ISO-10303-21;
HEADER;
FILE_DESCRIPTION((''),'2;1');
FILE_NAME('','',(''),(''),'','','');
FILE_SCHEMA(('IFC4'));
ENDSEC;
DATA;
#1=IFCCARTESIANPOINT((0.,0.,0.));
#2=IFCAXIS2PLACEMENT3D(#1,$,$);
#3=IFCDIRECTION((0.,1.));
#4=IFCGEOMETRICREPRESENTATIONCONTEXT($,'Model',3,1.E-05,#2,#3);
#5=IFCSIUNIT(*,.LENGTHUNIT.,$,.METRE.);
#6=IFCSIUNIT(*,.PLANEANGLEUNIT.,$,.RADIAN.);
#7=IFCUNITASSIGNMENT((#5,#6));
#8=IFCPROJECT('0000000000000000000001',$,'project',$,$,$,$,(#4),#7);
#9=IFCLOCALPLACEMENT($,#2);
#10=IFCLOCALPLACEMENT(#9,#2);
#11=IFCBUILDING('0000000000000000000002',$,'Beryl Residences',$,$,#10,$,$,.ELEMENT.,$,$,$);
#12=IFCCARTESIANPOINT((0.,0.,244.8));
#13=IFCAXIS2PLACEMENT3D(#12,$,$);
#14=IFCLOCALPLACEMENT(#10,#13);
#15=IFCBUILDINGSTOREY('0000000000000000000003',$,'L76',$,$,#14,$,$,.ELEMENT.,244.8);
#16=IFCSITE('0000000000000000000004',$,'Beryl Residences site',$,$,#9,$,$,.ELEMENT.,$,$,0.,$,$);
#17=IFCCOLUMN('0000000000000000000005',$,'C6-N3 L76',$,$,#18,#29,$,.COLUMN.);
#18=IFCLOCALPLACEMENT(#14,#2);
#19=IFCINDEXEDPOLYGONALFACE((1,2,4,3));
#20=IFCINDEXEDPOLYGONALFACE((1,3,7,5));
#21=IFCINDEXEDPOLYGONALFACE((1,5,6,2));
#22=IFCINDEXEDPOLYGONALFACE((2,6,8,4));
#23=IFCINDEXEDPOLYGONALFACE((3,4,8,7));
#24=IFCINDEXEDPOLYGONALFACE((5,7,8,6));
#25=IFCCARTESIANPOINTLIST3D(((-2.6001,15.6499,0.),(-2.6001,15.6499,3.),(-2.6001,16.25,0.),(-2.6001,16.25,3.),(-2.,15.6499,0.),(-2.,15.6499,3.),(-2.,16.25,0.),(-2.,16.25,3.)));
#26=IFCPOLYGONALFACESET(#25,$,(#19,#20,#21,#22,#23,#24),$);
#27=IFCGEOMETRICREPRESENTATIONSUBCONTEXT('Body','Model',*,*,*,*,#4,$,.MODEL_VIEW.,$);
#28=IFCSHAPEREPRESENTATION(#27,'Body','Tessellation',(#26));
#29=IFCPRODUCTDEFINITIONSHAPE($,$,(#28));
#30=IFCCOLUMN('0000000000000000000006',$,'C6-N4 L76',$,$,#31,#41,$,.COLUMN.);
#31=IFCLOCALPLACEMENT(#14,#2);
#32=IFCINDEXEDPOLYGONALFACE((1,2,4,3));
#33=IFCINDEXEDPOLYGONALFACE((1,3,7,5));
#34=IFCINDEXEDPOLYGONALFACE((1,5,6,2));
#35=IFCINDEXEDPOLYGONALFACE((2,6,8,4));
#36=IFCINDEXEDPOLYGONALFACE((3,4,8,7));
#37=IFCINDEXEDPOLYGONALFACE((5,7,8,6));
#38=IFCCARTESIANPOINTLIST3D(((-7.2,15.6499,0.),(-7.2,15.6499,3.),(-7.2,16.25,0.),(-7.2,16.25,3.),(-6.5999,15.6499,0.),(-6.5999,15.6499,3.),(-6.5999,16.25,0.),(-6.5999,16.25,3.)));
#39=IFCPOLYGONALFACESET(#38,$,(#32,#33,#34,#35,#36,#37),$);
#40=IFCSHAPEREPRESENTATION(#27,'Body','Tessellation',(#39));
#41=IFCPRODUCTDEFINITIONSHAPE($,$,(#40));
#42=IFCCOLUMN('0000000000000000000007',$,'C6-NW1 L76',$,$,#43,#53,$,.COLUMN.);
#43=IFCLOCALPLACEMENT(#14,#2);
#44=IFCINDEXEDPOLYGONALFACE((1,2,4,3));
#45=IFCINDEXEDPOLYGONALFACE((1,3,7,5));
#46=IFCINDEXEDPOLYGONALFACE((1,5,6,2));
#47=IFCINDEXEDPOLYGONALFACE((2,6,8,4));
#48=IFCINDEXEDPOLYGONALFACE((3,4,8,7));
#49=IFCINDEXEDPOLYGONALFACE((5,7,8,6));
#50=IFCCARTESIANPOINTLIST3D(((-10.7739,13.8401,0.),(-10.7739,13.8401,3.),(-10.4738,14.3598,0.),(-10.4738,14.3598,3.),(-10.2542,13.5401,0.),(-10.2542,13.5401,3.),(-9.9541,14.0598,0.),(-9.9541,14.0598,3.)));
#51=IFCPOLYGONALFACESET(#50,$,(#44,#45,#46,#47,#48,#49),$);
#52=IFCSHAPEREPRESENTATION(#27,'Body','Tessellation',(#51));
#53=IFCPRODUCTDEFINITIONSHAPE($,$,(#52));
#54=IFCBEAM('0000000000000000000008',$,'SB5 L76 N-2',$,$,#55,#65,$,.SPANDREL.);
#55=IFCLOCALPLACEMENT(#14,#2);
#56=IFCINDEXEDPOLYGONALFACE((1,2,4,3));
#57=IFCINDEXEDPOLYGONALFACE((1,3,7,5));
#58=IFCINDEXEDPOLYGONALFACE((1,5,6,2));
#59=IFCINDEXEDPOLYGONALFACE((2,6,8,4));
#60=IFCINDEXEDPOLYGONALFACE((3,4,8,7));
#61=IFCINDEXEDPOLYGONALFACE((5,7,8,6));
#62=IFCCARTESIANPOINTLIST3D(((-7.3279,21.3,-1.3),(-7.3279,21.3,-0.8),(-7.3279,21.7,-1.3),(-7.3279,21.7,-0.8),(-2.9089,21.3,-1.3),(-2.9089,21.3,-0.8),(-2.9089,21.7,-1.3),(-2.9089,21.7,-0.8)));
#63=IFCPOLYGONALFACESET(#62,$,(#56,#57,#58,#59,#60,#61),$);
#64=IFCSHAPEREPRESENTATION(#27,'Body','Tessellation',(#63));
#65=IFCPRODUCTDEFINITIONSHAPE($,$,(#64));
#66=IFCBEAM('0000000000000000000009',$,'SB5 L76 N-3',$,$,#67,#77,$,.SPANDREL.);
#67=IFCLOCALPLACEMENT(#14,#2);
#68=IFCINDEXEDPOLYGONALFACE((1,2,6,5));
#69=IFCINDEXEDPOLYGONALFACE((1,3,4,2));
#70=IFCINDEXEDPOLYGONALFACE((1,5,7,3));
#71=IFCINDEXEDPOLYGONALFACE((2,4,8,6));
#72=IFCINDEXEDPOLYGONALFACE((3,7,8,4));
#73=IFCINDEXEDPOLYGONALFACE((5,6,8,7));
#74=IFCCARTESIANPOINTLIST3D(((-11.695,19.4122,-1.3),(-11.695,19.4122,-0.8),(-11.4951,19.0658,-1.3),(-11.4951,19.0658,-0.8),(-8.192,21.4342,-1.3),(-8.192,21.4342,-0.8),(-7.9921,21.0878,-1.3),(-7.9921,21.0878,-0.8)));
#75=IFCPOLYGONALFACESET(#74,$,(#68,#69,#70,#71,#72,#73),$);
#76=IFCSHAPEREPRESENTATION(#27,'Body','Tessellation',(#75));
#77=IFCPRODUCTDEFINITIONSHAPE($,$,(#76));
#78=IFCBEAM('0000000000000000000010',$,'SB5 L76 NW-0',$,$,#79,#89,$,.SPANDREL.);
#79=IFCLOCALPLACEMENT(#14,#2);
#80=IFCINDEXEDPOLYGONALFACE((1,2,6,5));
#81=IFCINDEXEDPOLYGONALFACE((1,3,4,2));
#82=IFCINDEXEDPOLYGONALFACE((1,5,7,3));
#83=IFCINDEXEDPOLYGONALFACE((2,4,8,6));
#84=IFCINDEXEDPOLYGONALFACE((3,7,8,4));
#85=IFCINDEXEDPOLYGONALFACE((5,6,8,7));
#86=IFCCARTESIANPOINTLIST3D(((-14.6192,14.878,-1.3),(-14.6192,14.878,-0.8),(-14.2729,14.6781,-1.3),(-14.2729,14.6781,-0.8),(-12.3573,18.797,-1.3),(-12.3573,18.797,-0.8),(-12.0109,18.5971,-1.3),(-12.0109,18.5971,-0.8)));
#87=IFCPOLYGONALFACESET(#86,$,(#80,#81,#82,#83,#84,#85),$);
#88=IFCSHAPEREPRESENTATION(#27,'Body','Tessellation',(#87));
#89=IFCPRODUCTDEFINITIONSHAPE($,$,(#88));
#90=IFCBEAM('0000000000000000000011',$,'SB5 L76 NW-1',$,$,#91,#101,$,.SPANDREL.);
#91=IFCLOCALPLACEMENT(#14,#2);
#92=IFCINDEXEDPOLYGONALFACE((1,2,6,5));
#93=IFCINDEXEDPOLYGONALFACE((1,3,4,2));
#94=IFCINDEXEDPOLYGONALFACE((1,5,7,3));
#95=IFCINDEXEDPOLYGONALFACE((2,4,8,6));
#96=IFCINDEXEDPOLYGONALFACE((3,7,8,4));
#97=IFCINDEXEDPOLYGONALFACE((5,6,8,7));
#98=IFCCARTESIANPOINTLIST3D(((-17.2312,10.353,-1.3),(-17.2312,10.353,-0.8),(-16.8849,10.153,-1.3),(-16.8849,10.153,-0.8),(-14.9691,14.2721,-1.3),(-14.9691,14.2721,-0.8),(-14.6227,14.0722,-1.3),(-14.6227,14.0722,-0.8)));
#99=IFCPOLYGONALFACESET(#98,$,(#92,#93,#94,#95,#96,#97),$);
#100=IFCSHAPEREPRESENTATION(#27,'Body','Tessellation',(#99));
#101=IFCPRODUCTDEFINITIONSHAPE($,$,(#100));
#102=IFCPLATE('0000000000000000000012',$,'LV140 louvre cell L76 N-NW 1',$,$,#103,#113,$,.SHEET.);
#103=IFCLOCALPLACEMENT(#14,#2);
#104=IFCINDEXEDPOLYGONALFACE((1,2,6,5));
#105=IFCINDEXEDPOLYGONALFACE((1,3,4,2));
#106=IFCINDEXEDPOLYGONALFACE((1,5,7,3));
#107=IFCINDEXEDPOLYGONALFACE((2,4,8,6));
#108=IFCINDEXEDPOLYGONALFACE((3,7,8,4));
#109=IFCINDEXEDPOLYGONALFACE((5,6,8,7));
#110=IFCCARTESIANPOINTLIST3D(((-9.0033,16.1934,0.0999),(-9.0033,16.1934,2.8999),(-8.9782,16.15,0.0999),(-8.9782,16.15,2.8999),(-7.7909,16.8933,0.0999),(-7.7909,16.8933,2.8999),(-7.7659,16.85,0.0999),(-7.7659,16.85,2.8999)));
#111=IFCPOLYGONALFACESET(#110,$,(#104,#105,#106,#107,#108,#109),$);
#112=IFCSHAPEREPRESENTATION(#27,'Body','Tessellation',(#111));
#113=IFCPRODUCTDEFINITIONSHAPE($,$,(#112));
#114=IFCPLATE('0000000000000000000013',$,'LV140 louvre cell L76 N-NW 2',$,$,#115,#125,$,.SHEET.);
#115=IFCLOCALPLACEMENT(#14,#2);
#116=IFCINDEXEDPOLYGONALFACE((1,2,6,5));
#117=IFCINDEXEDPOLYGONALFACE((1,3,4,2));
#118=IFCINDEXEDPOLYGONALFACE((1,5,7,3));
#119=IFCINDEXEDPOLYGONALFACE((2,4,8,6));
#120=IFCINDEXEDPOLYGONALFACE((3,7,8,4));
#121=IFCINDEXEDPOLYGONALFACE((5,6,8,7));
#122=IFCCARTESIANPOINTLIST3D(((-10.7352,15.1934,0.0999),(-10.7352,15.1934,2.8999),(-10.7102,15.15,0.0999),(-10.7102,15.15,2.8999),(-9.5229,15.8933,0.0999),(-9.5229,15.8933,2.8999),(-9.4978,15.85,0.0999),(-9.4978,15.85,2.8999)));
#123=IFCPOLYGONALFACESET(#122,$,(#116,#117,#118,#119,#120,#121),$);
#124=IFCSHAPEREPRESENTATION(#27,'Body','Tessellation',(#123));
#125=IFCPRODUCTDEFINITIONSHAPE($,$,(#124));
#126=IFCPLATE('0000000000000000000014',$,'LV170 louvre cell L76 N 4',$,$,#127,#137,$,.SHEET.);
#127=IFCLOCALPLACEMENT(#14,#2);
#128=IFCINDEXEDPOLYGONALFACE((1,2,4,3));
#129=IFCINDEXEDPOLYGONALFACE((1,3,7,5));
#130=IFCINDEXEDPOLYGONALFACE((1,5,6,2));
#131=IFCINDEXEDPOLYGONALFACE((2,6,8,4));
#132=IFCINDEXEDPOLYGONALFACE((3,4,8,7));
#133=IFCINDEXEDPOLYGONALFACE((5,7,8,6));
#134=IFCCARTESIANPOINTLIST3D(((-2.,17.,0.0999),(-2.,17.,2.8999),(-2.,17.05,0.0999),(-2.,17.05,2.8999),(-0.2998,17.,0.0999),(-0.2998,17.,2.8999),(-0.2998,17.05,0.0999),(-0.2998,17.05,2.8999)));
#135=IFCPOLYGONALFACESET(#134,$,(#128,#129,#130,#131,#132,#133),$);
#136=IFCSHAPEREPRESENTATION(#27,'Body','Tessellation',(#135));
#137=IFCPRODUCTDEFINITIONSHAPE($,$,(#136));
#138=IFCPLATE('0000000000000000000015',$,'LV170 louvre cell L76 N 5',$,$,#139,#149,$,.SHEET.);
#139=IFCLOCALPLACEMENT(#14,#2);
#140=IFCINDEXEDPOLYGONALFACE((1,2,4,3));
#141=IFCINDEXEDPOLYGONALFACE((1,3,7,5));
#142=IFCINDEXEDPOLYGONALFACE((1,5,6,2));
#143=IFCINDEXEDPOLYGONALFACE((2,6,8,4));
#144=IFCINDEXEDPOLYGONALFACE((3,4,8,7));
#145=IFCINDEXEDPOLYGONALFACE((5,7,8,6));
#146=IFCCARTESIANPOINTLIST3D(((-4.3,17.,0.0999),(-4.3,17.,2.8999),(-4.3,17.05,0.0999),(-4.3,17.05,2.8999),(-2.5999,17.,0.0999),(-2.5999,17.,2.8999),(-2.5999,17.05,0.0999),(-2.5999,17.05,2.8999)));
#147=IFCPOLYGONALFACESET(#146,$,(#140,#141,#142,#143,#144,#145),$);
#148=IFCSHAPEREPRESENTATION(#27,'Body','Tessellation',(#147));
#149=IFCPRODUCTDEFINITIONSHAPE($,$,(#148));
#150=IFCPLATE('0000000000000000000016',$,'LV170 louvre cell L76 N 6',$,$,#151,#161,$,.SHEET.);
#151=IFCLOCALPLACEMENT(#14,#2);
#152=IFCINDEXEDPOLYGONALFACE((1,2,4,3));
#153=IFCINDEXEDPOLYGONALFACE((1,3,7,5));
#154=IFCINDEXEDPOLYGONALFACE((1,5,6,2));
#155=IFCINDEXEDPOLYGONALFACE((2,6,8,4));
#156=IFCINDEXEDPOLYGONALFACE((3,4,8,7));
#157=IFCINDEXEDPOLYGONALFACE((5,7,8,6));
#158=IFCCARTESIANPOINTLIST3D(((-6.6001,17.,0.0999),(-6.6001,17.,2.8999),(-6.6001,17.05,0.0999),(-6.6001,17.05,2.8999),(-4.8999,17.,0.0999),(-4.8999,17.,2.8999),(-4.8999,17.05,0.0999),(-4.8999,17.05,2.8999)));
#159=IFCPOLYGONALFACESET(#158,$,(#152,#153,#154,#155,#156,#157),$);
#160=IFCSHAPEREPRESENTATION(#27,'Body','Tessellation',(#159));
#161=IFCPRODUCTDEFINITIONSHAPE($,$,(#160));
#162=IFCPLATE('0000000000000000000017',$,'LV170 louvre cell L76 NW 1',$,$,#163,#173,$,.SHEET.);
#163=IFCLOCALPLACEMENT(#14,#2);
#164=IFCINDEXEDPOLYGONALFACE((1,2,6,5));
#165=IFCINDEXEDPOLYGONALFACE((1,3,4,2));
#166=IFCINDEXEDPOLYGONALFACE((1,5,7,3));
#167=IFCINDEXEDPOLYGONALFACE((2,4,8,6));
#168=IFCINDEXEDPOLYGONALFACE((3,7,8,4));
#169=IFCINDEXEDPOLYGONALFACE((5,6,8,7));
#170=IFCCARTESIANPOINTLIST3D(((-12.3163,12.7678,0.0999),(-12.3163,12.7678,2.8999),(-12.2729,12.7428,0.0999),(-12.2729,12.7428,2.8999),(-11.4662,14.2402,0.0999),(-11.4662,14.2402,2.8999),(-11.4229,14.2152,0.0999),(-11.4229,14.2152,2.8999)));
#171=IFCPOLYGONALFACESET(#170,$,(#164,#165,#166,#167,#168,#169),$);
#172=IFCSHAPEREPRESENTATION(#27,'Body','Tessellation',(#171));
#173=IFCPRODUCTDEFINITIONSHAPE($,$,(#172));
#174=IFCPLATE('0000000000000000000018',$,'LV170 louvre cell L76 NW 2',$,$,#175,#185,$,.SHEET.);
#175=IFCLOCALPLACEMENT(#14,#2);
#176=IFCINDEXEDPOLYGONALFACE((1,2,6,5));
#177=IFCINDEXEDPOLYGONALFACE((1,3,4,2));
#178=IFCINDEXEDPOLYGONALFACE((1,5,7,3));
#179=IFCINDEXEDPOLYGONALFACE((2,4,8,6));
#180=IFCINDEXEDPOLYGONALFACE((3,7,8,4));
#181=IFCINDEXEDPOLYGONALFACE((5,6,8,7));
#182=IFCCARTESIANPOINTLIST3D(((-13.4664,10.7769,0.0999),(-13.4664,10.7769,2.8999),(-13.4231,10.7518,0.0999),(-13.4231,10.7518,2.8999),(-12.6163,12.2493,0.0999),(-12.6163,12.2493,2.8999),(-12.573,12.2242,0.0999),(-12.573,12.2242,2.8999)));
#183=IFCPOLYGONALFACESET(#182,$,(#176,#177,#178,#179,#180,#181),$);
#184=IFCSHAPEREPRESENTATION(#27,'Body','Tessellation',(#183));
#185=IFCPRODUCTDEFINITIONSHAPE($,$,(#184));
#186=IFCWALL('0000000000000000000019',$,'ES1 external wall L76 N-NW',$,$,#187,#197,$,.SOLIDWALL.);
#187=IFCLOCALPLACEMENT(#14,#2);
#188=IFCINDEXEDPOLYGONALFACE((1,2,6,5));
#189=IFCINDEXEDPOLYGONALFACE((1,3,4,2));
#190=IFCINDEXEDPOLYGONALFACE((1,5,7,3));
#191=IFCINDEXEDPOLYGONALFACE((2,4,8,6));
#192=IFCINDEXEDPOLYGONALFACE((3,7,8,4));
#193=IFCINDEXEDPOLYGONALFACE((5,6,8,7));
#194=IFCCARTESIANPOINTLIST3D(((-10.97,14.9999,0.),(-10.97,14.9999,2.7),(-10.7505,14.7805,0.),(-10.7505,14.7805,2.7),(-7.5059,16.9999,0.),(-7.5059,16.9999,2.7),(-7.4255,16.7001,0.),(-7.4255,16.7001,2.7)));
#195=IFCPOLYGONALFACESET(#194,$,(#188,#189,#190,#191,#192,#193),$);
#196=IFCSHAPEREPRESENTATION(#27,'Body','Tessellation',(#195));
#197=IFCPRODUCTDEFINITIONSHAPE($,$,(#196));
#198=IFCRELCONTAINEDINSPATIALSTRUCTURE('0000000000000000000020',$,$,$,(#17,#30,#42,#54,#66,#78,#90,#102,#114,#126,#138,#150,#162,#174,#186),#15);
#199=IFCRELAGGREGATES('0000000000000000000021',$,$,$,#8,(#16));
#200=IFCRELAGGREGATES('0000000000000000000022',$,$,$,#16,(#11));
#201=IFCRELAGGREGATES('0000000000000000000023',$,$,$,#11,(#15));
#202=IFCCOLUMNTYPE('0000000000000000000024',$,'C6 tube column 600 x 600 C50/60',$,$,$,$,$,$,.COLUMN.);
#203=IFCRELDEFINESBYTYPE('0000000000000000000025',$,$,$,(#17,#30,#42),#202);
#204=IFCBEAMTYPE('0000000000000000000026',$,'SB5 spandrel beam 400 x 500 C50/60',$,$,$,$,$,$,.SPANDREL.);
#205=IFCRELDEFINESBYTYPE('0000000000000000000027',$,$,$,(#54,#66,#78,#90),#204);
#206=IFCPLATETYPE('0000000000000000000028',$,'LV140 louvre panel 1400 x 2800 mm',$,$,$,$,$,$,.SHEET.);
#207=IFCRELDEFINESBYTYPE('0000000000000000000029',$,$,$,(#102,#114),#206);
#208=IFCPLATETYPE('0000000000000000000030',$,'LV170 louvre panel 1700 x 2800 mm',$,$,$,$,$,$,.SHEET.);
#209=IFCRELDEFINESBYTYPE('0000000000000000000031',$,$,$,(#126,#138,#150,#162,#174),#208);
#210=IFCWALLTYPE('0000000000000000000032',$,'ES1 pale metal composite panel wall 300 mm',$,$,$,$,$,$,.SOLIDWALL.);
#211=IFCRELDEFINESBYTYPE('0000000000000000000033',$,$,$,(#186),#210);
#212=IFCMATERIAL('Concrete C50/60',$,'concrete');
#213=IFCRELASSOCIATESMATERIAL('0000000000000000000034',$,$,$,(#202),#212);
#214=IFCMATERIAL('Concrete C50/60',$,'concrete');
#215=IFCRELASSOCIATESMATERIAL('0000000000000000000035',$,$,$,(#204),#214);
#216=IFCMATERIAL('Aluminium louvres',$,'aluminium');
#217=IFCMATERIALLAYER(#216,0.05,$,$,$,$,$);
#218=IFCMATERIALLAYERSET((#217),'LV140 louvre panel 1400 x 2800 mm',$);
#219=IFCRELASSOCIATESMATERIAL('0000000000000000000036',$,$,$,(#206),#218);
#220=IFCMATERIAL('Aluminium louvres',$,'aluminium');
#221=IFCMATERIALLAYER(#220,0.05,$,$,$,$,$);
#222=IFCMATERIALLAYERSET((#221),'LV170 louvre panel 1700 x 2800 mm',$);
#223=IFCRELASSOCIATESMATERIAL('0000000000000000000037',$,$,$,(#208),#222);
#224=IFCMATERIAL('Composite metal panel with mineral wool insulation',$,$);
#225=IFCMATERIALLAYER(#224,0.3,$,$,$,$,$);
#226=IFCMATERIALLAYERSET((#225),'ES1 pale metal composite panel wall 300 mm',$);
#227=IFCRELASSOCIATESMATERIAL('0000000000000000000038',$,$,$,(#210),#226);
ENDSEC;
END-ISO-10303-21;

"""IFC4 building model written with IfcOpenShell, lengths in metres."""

from ifc_helpers import new_model, si_unit, direction, frame, origin, origin_2d, place, context, subcontext, project, spatial, polyline, rectangle, outline, extrude, source, transform, mapped, material, layer, layer_set, material_profile, profile_set, type_object, type_shapes, element, save


model = new_model("IFC4")

# Units and contexts
model_context = context("Model", 3, precision=1e-05, world=origin(), true_north=direction((0.0, 1.0)))
body_context = subcontext(model_context, "Body", "Model", "MODEL_VIEW")
ifc_project = project(units=[si_unit("LENGTHUNIT", "METRE"), si_unit("PLANEANGLEUNIT", "RADIAN")], contexts=[model_context])

# Site, building, storey
site_placement = place(None, origin())
site = spatial("IfcSite", under=ifc_project, at=site_placement, Name="Beryl Residences site", CompositionType="ELEMENT", RefElevation=0.0)
building_placement = place(site_placement, origin())
building = spatial("IfcBuilding", under=site, at=building_placement, Name="Beryl Residences", CompositionType="ELEMENT")
storey_placement = place(building_placement, frame((0.0, 0.0, 244.8)))
storey = spatial("IfcBuildingStorey", under=building, at=storey_placement, Name="L76", CompositionType="ELEMENT", Elevation=244.8)

# Columns
ifc_material_1 = material(Name="Concrete C50/60", Category="concrete")
ifc_material_profile_1 = material_profile(ifc_material_1, rectangle(XDim=0.6001, YDim=0.6001, at=origin_2d()))
ifc_profile_set_1 = profile_set([ifc_material_profile_1], Name="Concrete C50/60")
column_type = type_object("IfcColumnType", Name="C6 tube column 600 x 600 C50/60", PredefinedType="COLUMN", material=ifc_profile_set_1)
for number, where, z_axis, x_axis, name in (
    (1, (-2.3, 15.95, 0.0), (0.0, 0.0, 1.0), (-1.0, 0.0, 0.0), "C6-N3 L76"),
    (2, (-6.8999, 15.95, 0.0), (0.0, 0.0, 1.0), (-1.0, 0.0, 0.0), "C6-N4 L76"),
    (3, (-10.364, 13.95, 0.0), (0.0, 0.0, 1.0), (-0.5, -0.866025, 0.0), "C6-NW1 L76"),
):
    element("IfcColumn", number, at=place(storey_placement, frame(where, z_axis=z_axis, x_axis=x_axis)), inside=storey, type_object=column_type, Name=name, PredefinedType="COLUMN", context=body_context, shape_type="SweptSolid", body=[
        extrude(rectangle(XDim=0.6001, YDim=0.6001, at=origin_2d()), origin(), (0.0, 0.0, 1.0), 3.0),
    ])

# Beams
ifc_material_2 = material(Name="Concrete C50/60", Category="concrete")
ifc_material_profile_2 = material_profile(ifc_material_2, rectangle(XDim=0.3999, YDim=0.5, at=origin_2d()))
ifc_profile_set_2 = profile_set([ifc_material_profile_2], Name="Concrete C50/60")
beam_type = type_object("IfcBeamType", Name="SB5 spandrel beam 400 x 500 C50/60", PredefinedType="SPANDREL", material=ifc_profile_set_2)
beam_1_placement = place(storey_placement, frame((-2.9089, 21.5, -1.05), z_axis=(-1.0, 0.0, 0.0), x_axis=(0.0, -1.0, 0.0)))
element("IfcBeam", 4, at=beam_1_placement, inside=storey, type_object=beam_type, Name="SB5 L76 N-2", PredefinedType="SPANDREL", context=body_context, shape_type="SweptSolid", body=[
    extrude(rectangle(XDim=0.3999, YDim=0.5, at=origin_2d()), origin(), (0.0, 0.0, 1.0), 4.4189),
])
beam_2_placement = place(storey_placement, frame((-8.092, 21.261, -1.05), z_axis=(-0.866073, -0.499918, 0.0), x_axis=(0.499918, -0.866073, 0.0)))
element("IfcBeam", 5, at=beam_2_placement, inside=storey, type_object=beam_type, Name="SB5 L76 N-3", PredefinedType="SPANDREL", context=body_context, shape_type="SweptSolid", body=[
    extrude(rectangle(XDim=0.3999, YDim=0.5, at=origin_2d()), origin(), (0.0, 0.0, 1.0), 4.0447),
])
beam_3_placement = place(storey_placement, frame((-12.1841, 18.697, -1.05), z_axis=(-0.499894, -0.866087, 0.0), x_axis=(0.866087, -0.499894, 0.0)))
element("IfcBeam", 6, at=beam_3_placement, inside=storey, type_object=beam_type, Name="SB5 L76 NW-0", PredefinedType="SPANDREL", context=body_context, shape_type="SweptSolid", body=[
    extrude(rectangle(XDim=0.3999, YDim=0.5, at=origin_2d()), origin(), (0.0, 0.0, 1.0), 4.5249),
])
beam_4_placement = place(storey_placement, frame((-14.7959, 14.1721, -1.05), z_axis=(-0.499911, -0.866077, 0.0), x_axis=(0.866077, -0.499911, 0.0)))
element("IfcBeam", 7, at=beam_4_placement, inside=storey, type_object=beam_type, Name="SB5 L76 NW-1", PredefinedType="SPANDREL", context=body_context, shape_type="SweptSolid", body=[
    extrude(rectangle(XDim=0.3999, YDim=0.5, at=origin_2d()), origin(), (0.0, 0.0, 1.0), 4.5251),
])

# Plates
ifc_material_3 = material(Name="Aluminium louvres", Category="aluminium")
ifc_layer_1 = layer(ifc_material_3, 0.05)
ifc_layer_set_1 = layer_set([ifc_layer_1], Name="LV140 louvre panel 1400 x 2800 mm")
plate_type_1 = type_object("IfcPlateType", Name="LV140 louvre panel 1400 x 2800 mm", PredefinedType="SHEET", material=ifc_layer_set_1)
shared_shape_1 = source(origin(), body_context, "Body", "SweptSolid", [
    extrude(outline(polyline([(-0.7, 0.0), (0.7, 0.0), (0.7, 0.05), (-0.7, 0.05), (-0.7, 0.0)])), origin(), (0.0, 0.0, 1.0), 2.8),
])
type_shapes(plate_type_1, [shared_shape_1])
for number, where, z_axis, x_axis, name in (
    (8, (-8.3721, 16.5, 0.0999), (0.0, 0.0, 1.0), (0.866025, 0.5, 0.0), "LV140 louvre cell L76 N-NW 1"),
    (9, (-10.104, 15.5, 0.0999), (0.0, 0.0, 1.0), (0.866025, 0.5, 0.0), "LV140 louvre cell L76 N-NW 2"),
):
    element("IfcPlate", number, at=place(storey_placement, frame(where, z_axis=z_axis, x_axis=x_axis)), inside=storey, type_object=plate_type_1, Name=name, PredefinedType="SHEET", context=body_context, shape_type="MappedRepresentation", body=[
        mapped(shared_shape_1, transform((0.0, 0.0, 0.0))),
    ])
ifc_material_4 = material(Name="Aluminium louvres", Category="aluminium")
ifc_layer_2 = layer(ifc_material_4, 0.05)
ifc_layer_set_2 = layer_set([ifc_layer_2], Name="LV170 louvre panel 1700 x 2800 mm")
plate_type_2 = type_object("IfcPlateType", Name="LV170 louvre panel 1700 x 2800 mm", PredefinedType="SHEET", material=ifc_layer_set_2)
shared_shape_2 = source(origin(), body_context, "Body", "SweptSolid", [
    extrude(outline(polyline([(-0.8501, 0.0), (0.8501, 0.0), (0.8501, 0.05), (-0.8501, 0.05), (-0.8501, 0.0)])), origin(), (0.0, 0.0, 1.0), 2.8),
])
type_shapes(plate_type_2, [shared_shape_2])
for number, where, z_axis, x_axis, name in (
    (10, (-1.1499, 17.0, 0.0999), (0.0, 0.0, 1.0), (1.0, 0.0, 0.0), "LV170 louvre cell L76 N 4"),
    (11, (-3.45, 17.0, 0.0999), (0.0, 0.0, 1.0), (1.0, 0.0, 0.0), "LV170 louvre cell L76 N 5"),
    (12, (-5.75, 17.0, 0.0999), (0.0, 0.0, 1.0), (1.0, 0.0, 0.0), "LV170 louvre cell L76 N 6"),
    (13, (-11.8479, 13.479, 0.0999), (0.0, 0.0, 1.0), (0.5, 0.866025, 0.0), "LV170 louvre cell L76 NW 1"),
    (14, (-12.998, 11.488, 0.0999), (0.0, 0.0, 1.0), (0.5, 0.866025, 0.0), "LV170 louvre cell L76 NW 2"),
):
    element("IfcPlate", number, at=place(storey_placement, frame(where, z_axis=z_axis, x_axis=x_axis)), inside=storey, type_object=plate_type_2, Name=name, PredefinedType="SHEET", context=body_context, shape_type="MappedRepresentation", body=[
        mapped(shared_shape_2, transform((0.0, 0.0, 0.0))),
    ])

# Wall
ifc_material_5 = material(Name="Composite metal panel with mineral wool insulation")
ifc_layer_3 = layer(ifc_material_5, 0.3)
ifc_layer_set_3 = layer_set([ifc_layer_3], Name="ES1 pale metal composite panel wall 300 mm")
wall_type_1 = type_object("IfcWallType", Name="ES1 pale metal composite panel wall 300 mm", PredefinedType="SOLIDWALL", material=ifc_layer_set_3)
wall_1_placement = place(storey_placement, frame((-7.4309, 16.8701, 0.0), z_axis=(0.0, 0.0, 1.0), x_axis=(-0.866026, -0.499999, 0.0)))
element("IfcWall", 15, at=wall_1_placement, inside=storey, type_object=wall_type_1, Name="ES1 external wall L76 N-NW", PredefinedType="SOLIDWALL", context=body_context, shape_type="SweptSolid", body=[
    extrude(outline(polyline([(0.0, -0.1499), (4.0, -0.1499), (3.9197, 0.1499), (0.0803, 0.1499), (0.0, -0.1499)])), origin(), (0.0, 0.0, 1.0), 2.7),
])

save(model, "model.ifc")
